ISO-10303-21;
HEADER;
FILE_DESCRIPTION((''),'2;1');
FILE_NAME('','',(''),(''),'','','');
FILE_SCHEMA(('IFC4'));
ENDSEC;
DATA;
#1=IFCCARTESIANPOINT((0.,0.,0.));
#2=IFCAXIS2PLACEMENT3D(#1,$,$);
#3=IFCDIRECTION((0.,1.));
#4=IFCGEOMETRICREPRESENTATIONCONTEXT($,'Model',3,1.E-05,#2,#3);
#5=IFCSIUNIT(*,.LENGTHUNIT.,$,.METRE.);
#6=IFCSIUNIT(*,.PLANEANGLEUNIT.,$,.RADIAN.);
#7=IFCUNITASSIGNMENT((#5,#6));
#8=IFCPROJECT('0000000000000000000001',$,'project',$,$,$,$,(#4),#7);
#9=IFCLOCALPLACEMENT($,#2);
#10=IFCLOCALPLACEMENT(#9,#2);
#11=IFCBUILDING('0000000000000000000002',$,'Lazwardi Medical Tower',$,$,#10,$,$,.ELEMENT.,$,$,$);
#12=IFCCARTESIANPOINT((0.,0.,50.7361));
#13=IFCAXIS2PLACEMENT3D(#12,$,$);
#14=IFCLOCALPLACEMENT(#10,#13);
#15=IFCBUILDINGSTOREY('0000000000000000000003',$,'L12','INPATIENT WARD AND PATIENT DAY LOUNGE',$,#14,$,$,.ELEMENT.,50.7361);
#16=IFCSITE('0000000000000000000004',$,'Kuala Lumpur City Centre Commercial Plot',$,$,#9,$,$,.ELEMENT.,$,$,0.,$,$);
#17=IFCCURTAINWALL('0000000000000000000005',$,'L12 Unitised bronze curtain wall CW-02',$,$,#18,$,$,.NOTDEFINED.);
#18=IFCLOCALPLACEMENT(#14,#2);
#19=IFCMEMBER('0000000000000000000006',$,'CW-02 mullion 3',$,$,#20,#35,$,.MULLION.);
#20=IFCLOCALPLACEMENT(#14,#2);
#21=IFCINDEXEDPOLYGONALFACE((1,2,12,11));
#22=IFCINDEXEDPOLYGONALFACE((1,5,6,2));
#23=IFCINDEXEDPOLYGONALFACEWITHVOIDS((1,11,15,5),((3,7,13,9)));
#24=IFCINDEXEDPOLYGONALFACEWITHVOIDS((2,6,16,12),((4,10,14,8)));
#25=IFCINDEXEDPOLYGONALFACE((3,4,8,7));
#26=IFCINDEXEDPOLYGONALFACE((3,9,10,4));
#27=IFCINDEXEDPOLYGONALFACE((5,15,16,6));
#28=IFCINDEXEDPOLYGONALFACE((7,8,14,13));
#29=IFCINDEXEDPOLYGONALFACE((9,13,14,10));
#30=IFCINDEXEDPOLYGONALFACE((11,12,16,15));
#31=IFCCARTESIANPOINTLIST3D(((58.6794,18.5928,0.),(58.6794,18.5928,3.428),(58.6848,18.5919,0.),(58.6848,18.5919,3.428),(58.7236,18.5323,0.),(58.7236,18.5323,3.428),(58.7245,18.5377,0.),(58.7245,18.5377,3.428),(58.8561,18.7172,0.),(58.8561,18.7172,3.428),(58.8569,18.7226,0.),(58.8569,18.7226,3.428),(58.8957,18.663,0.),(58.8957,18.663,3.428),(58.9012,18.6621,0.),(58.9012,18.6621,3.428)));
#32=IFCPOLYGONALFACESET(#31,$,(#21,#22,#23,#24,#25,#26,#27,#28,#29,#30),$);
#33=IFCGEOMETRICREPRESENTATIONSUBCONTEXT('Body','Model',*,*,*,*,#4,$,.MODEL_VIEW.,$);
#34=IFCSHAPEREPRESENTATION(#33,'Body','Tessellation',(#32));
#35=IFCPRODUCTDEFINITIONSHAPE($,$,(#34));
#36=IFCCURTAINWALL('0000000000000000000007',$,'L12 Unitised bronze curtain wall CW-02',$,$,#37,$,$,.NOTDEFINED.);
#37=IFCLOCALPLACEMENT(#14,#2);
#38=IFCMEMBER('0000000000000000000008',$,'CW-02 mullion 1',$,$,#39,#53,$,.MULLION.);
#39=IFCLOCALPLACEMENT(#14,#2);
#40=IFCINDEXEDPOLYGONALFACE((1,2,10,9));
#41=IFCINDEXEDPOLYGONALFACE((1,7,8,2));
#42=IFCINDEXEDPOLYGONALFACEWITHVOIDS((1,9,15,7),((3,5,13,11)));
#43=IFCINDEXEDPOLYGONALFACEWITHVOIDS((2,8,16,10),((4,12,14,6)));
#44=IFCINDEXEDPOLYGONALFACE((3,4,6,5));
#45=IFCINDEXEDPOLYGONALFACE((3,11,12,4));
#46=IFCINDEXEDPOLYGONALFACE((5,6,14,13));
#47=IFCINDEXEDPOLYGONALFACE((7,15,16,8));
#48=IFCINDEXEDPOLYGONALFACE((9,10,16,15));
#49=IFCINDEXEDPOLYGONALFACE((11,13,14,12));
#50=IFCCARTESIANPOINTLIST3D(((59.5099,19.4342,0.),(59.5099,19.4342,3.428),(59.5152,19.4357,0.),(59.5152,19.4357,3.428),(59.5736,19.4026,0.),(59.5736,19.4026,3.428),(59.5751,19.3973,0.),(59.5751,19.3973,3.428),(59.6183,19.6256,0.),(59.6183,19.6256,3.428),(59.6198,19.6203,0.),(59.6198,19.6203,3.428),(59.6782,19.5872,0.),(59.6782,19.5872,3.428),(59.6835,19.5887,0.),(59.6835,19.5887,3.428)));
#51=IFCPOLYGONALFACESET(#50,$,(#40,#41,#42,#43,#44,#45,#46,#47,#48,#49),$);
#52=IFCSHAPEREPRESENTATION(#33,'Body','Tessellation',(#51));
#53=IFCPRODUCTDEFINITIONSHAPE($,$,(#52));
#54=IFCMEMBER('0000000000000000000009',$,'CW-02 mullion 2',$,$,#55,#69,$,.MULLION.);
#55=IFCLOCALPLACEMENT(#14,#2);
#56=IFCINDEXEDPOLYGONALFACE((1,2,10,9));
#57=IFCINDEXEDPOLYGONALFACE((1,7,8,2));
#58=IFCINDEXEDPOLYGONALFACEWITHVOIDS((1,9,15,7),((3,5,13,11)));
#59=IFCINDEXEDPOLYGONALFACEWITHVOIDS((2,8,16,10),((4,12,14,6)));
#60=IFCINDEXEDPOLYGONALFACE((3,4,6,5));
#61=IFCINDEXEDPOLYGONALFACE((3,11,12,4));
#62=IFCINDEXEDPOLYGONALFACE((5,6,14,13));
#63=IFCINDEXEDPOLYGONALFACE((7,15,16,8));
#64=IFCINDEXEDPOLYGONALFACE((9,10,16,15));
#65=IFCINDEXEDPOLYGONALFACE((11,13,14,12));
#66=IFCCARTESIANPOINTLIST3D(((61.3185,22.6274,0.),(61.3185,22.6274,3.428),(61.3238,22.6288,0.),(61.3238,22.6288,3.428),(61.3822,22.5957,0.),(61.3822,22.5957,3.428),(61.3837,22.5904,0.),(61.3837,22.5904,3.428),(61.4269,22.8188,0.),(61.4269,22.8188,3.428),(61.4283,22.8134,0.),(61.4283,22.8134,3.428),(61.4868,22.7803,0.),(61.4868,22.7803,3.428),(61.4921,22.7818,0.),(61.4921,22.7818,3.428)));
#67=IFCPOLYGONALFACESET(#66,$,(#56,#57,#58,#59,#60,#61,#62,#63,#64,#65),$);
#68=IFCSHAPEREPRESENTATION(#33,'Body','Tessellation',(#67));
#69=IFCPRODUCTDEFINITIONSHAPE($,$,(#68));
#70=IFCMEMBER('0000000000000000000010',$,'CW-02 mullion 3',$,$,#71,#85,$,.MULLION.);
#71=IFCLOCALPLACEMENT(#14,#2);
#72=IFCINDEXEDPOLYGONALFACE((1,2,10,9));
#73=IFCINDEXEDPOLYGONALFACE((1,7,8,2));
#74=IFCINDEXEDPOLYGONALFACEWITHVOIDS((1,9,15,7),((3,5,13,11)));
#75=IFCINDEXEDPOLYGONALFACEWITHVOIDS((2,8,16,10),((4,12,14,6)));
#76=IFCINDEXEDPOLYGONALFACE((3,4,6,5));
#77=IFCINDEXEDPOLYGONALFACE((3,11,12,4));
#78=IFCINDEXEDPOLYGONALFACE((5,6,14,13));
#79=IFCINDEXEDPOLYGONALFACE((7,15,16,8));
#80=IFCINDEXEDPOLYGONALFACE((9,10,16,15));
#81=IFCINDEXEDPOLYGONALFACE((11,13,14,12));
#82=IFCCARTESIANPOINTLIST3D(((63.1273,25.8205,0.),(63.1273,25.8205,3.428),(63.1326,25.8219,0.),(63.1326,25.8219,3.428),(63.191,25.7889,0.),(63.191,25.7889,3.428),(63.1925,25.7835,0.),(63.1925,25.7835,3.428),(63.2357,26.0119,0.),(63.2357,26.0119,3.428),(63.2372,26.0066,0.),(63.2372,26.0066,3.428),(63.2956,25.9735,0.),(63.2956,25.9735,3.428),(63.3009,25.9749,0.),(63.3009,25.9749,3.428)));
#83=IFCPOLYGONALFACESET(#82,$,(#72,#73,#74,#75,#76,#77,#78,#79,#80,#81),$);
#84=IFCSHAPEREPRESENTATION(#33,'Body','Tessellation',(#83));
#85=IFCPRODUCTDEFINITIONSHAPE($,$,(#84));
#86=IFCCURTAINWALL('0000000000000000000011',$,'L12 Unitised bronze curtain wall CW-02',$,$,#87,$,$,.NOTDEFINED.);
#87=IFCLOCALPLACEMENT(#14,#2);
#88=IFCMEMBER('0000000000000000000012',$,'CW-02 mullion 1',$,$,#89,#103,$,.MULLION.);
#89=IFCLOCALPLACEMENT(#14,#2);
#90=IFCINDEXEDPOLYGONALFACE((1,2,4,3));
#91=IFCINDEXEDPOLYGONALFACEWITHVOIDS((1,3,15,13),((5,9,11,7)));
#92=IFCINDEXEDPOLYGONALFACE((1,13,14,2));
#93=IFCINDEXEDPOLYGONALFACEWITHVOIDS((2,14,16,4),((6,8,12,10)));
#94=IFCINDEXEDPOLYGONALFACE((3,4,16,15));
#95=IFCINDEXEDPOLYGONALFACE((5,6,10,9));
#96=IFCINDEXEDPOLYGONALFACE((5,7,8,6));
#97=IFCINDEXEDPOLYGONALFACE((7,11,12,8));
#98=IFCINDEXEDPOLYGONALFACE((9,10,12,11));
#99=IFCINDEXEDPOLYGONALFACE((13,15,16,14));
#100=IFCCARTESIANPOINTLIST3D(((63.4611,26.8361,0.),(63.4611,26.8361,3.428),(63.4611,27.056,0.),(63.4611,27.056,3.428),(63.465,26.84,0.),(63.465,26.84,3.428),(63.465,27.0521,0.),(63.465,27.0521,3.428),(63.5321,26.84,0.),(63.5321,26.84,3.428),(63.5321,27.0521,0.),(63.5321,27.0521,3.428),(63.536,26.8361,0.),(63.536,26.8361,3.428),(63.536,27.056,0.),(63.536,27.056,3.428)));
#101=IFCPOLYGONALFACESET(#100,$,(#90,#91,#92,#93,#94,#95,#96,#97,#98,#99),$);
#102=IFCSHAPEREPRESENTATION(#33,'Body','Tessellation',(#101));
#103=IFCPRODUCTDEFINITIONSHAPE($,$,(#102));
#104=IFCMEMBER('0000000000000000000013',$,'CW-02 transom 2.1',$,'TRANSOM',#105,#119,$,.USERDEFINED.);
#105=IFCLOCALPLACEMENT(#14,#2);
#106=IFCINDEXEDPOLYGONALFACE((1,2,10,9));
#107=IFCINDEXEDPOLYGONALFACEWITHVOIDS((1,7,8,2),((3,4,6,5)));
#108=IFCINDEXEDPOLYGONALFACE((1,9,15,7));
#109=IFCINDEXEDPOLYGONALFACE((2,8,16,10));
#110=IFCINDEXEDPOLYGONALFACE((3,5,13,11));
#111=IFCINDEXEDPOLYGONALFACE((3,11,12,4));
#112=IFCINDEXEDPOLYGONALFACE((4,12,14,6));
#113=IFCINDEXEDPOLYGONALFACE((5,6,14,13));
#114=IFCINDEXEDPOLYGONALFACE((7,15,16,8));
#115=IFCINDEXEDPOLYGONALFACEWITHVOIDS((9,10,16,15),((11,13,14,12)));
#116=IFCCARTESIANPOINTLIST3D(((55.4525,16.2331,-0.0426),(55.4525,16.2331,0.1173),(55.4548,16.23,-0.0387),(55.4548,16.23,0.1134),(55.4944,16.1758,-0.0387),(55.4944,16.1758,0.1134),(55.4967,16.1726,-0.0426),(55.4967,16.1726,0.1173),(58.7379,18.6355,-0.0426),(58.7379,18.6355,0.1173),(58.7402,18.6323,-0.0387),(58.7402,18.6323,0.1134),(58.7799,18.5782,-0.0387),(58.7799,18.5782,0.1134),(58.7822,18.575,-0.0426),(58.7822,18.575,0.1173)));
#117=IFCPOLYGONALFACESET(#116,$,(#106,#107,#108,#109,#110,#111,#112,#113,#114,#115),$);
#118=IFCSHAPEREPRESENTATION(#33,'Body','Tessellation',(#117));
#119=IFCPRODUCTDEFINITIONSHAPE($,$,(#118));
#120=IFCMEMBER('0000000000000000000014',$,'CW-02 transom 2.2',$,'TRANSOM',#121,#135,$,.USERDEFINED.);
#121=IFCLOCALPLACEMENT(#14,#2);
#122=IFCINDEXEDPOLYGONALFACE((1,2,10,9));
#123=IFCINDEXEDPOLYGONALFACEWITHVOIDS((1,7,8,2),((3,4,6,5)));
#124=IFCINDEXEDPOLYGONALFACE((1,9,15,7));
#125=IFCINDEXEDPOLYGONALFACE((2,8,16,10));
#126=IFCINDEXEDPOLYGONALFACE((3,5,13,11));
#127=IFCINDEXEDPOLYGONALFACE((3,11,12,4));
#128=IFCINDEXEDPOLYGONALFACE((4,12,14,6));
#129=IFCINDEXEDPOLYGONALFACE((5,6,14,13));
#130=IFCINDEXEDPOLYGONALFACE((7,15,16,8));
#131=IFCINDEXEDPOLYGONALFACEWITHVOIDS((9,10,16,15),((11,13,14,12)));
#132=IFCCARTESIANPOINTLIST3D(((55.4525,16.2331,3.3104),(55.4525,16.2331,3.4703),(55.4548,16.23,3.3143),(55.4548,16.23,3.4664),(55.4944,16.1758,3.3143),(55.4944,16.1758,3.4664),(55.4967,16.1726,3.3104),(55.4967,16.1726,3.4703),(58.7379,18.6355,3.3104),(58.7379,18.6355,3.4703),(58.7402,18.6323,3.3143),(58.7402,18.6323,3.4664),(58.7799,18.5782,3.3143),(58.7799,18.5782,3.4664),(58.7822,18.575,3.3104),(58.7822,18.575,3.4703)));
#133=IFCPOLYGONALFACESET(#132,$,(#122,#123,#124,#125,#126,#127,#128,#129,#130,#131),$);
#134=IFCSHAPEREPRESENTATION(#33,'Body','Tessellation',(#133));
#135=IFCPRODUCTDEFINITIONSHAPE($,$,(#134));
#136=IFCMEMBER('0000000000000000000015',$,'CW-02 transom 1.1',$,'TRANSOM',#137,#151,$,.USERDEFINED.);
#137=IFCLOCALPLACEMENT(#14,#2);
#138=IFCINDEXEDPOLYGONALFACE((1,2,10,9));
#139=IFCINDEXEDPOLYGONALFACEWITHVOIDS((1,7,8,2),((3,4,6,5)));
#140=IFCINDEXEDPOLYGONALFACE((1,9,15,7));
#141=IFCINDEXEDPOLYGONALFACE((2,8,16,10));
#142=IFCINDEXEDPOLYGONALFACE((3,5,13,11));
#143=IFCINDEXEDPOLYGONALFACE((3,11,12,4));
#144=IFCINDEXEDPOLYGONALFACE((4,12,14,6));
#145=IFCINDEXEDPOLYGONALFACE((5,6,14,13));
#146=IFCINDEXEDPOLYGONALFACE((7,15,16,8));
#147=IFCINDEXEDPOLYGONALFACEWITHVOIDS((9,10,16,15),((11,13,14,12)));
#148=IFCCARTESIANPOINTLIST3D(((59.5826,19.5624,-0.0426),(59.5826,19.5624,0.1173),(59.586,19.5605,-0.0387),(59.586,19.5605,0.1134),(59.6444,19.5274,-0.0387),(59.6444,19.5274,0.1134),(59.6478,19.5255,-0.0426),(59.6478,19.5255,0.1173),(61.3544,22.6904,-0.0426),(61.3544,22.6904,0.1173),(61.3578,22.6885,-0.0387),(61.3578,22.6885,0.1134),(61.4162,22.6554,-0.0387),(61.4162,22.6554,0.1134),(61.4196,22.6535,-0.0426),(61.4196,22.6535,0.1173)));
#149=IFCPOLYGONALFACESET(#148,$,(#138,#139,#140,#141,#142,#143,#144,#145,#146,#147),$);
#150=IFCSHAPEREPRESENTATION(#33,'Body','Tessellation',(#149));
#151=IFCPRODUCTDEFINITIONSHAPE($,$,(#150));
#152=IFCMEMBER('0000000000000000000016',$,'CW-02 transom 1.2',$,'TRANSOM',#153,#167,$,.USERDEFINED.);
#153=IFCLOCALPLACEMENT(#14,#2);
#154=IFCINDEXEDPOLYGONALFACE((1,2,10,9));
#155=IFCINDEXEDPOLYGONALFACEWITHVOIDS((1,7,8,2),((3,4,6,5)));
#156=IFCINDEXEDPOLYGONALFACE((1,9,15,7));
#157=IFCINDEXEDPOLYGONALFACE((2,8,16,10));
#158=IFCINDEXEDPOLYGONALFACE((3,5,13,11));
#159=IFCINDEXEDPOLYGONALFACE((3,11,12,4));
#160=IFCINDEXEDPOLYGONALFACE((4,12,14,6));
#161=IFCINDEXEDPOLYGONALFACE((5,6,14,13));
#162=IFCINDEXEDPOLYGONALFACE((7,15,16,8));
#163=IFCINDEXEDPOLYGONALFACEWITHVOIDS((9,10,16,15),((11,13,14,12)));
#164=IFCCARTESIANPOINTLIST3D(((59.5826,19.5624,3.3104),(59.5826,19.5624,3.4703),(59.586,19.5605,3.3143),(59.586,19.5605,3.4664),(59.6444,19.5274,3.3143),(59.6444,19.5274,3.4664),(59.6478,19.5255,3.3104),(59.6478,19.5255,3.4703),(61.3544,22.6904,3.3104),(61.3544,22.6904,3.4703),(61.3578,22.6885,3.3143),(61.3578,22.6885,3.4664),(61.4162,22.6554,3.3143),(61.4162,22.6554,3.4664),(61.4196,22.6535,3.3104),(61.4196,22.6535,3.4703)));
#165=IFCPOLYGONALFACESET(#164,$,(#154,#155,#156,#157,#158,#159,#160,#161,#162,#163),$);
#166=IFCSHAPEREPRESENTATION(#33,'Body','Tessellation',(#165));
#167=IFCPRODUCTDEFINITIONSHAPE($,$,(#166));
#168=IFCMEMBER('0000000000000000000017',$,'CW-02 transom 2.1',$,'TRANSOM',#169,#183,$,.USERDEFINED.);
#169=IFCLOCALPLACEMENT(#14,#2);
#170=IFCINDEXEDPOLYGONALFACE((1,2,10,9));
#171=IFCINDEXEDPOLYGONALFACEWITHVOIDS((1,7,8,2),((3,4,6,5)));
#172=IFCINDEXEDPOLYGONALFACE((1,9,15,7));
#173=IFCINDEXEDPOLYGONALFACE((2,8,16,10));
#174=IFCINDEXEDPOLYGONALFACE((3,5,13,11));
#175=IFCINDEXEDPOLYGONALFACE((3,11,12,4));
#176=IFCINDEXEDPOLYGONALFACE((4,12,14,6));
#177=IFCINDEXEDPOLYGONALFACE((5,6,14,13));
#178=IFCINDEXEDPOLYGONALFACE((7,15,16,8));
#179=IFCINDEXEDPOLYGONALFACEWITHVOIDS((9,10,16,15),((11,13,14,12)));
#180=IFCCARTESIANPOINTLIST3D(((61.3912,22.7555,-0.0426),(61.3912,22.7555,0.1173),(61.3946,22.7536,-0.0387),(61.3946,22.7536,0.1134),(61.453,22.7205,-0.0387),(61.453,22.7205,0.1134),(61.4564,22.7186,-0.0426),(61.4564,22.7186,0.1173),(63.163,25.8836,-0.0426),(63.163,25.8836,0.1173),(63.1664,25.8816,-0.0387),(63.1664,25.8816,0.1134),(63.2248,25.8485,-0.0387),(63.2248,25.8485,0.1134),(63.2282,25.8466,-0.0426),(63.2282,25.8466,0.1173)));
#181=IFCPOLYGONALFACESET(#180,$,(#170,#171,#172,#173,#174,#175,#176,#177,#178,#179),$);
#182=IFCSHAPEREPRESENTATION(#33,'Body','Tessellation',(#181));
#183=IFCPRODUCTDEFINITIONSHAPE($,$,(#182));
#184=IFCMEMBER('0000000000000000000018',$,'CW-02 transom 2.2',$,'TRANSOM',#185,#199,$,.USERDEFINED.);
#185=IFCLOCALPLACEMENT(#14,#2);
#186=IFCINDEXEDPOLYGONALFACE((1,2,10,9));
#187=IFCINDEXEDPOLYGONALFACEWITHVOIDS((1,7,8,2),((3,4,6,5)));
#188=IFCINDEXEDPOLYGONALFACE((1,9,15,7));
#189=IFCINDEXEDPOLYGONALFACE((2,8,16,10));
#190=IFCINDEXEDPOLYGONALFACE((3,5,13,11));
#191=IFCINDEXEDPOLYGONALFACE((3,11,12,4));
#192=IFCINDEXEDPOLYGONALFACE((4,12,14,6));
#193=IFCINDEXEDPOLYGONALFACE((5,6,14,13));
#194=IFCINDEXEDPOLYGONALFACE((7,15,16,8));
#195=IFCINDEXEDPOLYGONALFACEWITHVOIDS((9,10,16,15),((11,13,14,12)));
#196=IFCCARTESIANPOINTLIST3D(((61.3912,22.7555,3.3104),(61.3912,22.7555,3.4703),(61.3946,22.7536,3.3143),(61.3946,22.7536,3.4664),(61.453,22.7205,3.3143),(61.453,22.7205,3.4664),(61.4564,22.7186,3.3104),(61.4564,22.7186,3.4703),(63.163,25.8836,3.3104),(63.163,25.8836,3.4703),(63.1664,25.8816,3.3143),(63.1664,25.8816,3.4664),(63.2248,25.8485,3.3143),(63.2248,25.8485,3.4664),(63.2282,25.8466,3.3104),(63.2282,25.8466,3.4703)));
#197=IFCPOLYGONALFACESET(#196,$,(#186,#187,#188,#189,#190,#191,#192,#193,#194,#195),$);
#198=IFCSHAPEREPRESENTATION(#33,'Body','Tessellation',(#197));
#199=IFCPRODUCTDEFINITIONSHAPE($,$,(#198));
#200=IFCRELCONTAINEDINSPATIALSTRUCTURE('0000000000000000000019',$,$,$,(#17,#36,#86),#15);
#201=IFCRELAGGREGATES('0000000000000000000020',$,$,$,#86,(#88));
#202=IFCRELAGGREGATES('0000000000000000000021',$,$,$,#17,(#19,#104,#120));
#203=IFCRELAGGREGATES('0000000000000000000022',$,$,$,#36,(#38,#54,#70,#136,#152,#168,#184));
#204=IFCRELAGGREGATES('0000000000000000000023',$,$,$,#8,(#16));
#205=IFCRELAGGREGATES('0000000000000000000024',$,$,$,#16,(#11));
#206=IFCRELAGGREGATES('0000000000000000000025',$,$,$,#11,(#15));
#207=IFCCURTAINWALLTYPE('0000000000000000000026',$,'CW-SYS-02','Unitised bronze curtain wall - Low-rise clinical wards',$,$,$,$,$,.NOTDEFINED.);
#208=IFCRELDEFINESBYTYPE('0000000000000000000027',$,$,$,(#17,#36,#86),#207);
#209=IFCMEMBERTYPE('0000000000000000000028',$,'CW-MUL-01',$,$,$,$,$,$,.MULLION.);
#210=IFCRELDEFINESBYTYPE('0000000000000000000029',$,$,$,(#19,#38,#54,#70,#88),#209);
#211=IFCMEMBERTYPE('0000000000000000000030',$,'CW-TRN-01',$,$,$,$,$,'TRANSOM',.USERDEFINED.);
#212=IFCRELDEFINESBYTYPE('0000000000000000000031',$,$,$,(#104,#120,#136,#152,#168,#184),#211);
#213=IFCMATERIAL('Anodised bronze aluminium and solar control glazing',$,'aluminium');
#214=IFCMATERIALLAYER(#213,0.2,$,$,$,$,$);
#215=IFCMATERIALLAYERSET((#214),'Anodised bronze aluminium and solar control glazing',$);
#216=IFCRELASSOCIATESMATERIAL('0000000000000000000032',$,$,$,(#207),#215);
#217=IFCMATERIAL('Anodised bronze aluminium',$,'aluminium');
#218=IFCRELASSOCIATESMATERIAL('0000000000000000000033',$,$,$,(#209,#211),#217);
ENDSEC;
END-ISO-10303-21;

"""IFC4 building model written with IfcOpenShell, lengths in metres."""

from ifc_helpers import new_model, si_unit, direction, frame, origin, origin_2d, place, context, subcontext, project, spatial, hollow_rectangle, extrude, material, layer, layer_set, material_profile, profile_set, type_object, element, aggregate, save


model = new_model("IFC4")

# Units and contexts
model_context = context("Model", 3, precision=1e-05, world=origin(), true_north=direction((0.0, 1.0)))
body_context = subcontext(model_context, "Body", "Model", "MODEL_VIEW")
ifc_project = project(units=[si_unit("LENGTHUNIT", "METRE"), si_unit("PLANEANGLEUNIT", "RADIAN")], contexts=[model_context])

# Site, building, storey
site_placement = place(None, origin())
site = spatial("IfcSite", under=ifc_project, at=site_placement, Name="Kuala Lumpur City Centre Commercial Plot", CompositionType="ELEMENT", RefElevation=0.0)
building_placement = place(site_placement, origin())
building = spatial("IfcBuilding", under=site, at=building_placement, Name="Lazwardi Medical Tower", CompositionType="ELEMENT")
storey_placement = place(building_placement, frame((0.0, 0.0, 50.7361)))
storey = spatial("IfcBuildingStorey", under=building, at=storey_placement, Name="L12", Description="INPATIENT WARD AND PATIENT DAY LOUNGE", CompositionType="ELEMENT", Elevation=50.7361)

# Curtain wall, member
ifc_material_1 = material(Name="Anodised bronze aluminium and solar control glazing", Category="aluminium")
ifc_layer_1 = layer(ifc_material_1, 0.2)
ifc_layer_set_1 = layer_set([ifc_layer_1], Name="Anodised bronze aluminium and solar control glazing")
curtain_wall_type = type_object("IfcCurtainWallType", Name="CW-SYS-02", Description="Unitised bronze curtain wall - Low-rise clinical wards", PredefinedType="NOTDEFINED", material=ifc_layer_set_1)
curtain_wall_1_placement = place(storey_placement, origin())
curtain_wall_1 = element("IfcCurtainWall", 1, at=curtain_wall_1_placement, inside=storey, type_object=curtain_wall_type, Name="L12 Unitised bronze curtain wall CW-02", PredefinedType="NOTDEFINED")
ifc_material_2 = material(Name="Anodised bronze aluminium", Category="aluminium")
ifc_material_profile_1 = material_profile(ifc_material_2, hollow_rectangle(XDim=0.075, YDim=0.22, WallThickness=0.0039, at=origin_2d()), Name="ALU-MULLION 220x75x4")
ifc_profile_set_1 = profile_set([ifc_material_profile_1], Name="Anodised bronze aluminium")
member_type_1 = type_object("IfcMemberType", Name="CW-MUL-01", PredefinedType="MULLION", material=ifc_profile_set_1)
member_1_placement = place(storey_placement, frame((58.7903, 18.6274, 0.0), z_axis=(0.0, 0.0, 1.0), x_axis=(-0.590289, 0.807192, 0.0)))
member_1 = element("IfcMember", 2, at=member_1_placement, type_object=member_type_1, Name="CW-02 mullion 3", PredefinedType="MULLION", context=body_context, shape_type="SweptSolid", body=[
    extrude(hollow_rectangle(XDim=0.075, YDim=0.22, WallThickness=0.0039, at=origin_2d()), origin(), (0.0, 0.0, 1.0), 3.428),
])

# Curtain wall, members
curtain_wall_2_placement = place(storey_placement, origin())
curtain_wall_2 = element("IfcCurtainWall", 3, at=curtain_wall_2_placement, inside=storey, type_object=curtain_wall_type, Name="L12 Unitised bronze curtain wall CW-02", PredefinedType="NOTDEFINED")
member_2_placement = place(storey_placement, frame((59.5967, 19.5115, 0.0), z_axis=(0.0, 0.0, 1.0), x_axis=(-0.870112, 0.492854, 0.0)))
member_2 = element("IfcMember", 4, at=member_2_placement, type_object=member_type_1, Name="CW-02 mullion 1", PredefinedType="MULLION", context=body_context, shape_type="SweptSolid", body=[
    extrude(hollow_rectangle(XDim=0.075, YDim=0.22, WallThickness=0.0039, at=origin_2d()), origin(), (0.0, 0.0, 1.0), 3.428),
])
member_3_placement = place(storey_placement, frame((61.4053, 22.7046, 0.0), z_axis=(0.0, 0.0, 1.0), x_axis=(-0.870112, 0.492854, 0.0)))
member_3 = element("IfcMember", 5, at=member_3_placement, type_object=member_type_1, Name="CW-02 mullion 2", PredefinedType="MULLION", context=body_context, shape_type="SweptSolid", body=[
    extrude(hollow_rectangle(XDim=0.075, YDim=0.22, WallThickness=0.0039, at=origin_2d()), origin(), (0.0, 0.0, 1.0), 3.428),
])
member_4_placement = place(storey_placement, frame((63.2141, 25.8977, 0.0), z_axis=(0.0, 0.0, 1.0), x_axis=(-0.870112, 0.492854, 0.0)))
member_4 = element("IfcMember", 6, at=member_4_placement, type_object=member_type_1, Name="CW-02 mullion 3", PredefinedType="MULLION", context=body_context, shape_type="SweptSolid", body=[
    extrude(hollow_rectangle(XDim=0.075, YDim=0.22, WallThickness=0.0039, at=origin_2d()), origin(), (0.0, 0.0, 1.0), 3.428),
])

# Curtain wall, member
curtain_wall_3_placement = place(storey_placement, origin())
curtain_wall_3 = element("IfcCurtainWall", 7, at=curtain_wall_3_placement, inside=storey, type_object=curtain_wall_type, Name="L12 Unitised bronze curtain wall CW-02", PredefinedType="NOTDEFINED")
member_5_placement = place(storey_placement, frame((63.4985, 26.946, 0.0), z_axis=(0.0, 0.0, 1.0), x_axis=(-1.0, 0.0, 0.0)))
member_5 = element("IfcMember", 8, at=member_5_placement, type_object=member_type_1, Name="CW-02 mullion 1", PredefinedType="MULLION", context=body_context, shape_type="SweptSolid", body=[
    extrude(hollow_rectangle(XDim=0.075, YDim=0.22, WallThickness=0.0039, at=origin_2d()), origin(), (0.0, 0.0, 1.0), 3.428),
])

# Members
ifc_material_profile_2 = material_profile(ifc_material_2, hollow_rectangle(XDim=0.075, YDim=0.1599, WallThickness=0.0039, at=origin_2d()), Name="ALU-TRANSOM 160x75x4")
ifc_profile_set_2 = profile_set([ifc_material_profile_2], Name="Anodised bronze aluminium")
member_type_2 = type_object("IfcMemberType", Name="CW-TRN-01", ElementType="TRANSOM", PredefinedType="USERDEFINED", material=ifc_profile_set_2)
member_6_placement = place(storey_placement, frame((55.4746, 16.2029, 0.0374), z_axis=(0.807219, 0.590253, 0.0), x_axis=(-0.590253, 0.807219, 0.0)))
member_6 = element("IfcMember", 9, at=member_6_placement, type_object=member_type_2, Name="CW-02 transom 2.1", ObjectType="TRANSOM", PredefinedType="USERDEFINED", context=body_context, shape_type="SweptSolid", body=[
    extrude(hollow_rectangle(XDim=0.075, YDim=0.1599, WallThickness=0.0039, at=origin_2d()), origin(), (0.0, 0.0, 1.0), 4.0701),
])
member_7_placement = place(storey_placement, frame((55.4746, 16.2029, 3.3904), z_axis=(0.807219, 0.590253, 0.0), x_axis=(-0.590253, 0.807219, 0.0)))
member_7 = element("IfcMember", 10, at=member_7_placement, type_object=member_type_2, Name="CW-02 transom 2.2", ObjectType="TRANSOM", PredefinedType="USERDEFINED", context=body_context, shape_type="SweptSolid", body=[
    extrude(hollow_rectangle(XDim=0.075, YDim=0.1599, WallThickness=0.0039, at=origin_2d()), origin(), (0.0, 0.0, 1.0), 4.0701),
])
member_8_placement = place(storey_placement, frame((59.6152, 19.5439, 0.0374), z_axis=(0.492851, 0.870113, 0.0), x_axis=(-0.870113, 0.492851, 0.0)))
member_8 = element("IfcMember", 11, at=member_8_placement, type_object=member_type_2, Name="CW-02 transom 1.1", ObjectType="TRANSOM", PredefinedType="USERDEFINED", context=body_context, shape_type="SweptSolid", body=[
    extrude(hollow_rectangle(XDim=0.075, YDim=0.1599, WallThickness=0.0039, at=origin_2d()), origin(), (0.0, 0.0, 1.0), 3.595),
])
member_9_placement = place(storey_placement, frame((59.6152, 19.5439, 3.3904), z_axis=(0.492851, 0.870113, 0.0), x_axis=(-0.870113, 0.492851, 0.0)))
member_9 = element("IfcMember", 12, at=member_9_placement, type_object=member_type_2, Name="CW-02 transom 1.2", ObjectType="TRANSOM", PredefinedType="USERDEFINED", context=body_context, shape_type="SweptSolid", body=[
    extrude(hollow_rectangle(XDim=0.075, YDim=0.1599, WallThickness=0.0039, at=origin_2d()), origin(), (0.0, 0.0, 1.0), 3.595),
])
member_10_placement = place(storey_placement, frame((61.4238, 22.7371, 0.0374), z_axis=(0.492851, 0.870113, 0.0), x_axis=(-0.870113, 0.492851, 0.0)))
member_10 = element("IfcMember", 13, at=member_10_placement, type_object=member_type_2, Name="CW-02 transom 2.1", ObjectType="TRANSOM", PredefinedType="USERDEFINED", context=body_context, shape_type="SweptSolid", body=[
    extrude(hollow_rectangle(XDim=0.075, YDim=0.1599, WallThickness=0.0039, at=origin_2d()), origin(), (0.0, 0.0, 1.0), 3.595),
])
member_11_placement = place(storey_placement, frame((61.4238, 22.7371, 3.3904), z_axis=(0.492851, 0.870113, 0.0), x_axis=(-0.870113, 0.492851, 0.0)))
member_11 = element("IfcMember", 14, at=member_11_placement, type_object=member_type_2, Name="CW-02 transom 2.2", ObjectType="TRANSOM", PredefinedType="USERDEFINED", context=body_context, shape_type="SweptSolid", body=[
    extrude(hollow_rectangle(XDim=0.075, YDim=0.1599, WallThickness=0.0039, at=origin_2d()), origin(), (0.0, 0.0, 1.0), 3.595),
])
aggregate(curtain_wall_3, [member_5])

aggregate(curtain_wall_1, [member_1, member_6, member_7])
aggregate(curtain_wall_2, [member_2, member_3, member_4, member_8, member_9, member_10, member_11])

save(model, "model.ifc")
